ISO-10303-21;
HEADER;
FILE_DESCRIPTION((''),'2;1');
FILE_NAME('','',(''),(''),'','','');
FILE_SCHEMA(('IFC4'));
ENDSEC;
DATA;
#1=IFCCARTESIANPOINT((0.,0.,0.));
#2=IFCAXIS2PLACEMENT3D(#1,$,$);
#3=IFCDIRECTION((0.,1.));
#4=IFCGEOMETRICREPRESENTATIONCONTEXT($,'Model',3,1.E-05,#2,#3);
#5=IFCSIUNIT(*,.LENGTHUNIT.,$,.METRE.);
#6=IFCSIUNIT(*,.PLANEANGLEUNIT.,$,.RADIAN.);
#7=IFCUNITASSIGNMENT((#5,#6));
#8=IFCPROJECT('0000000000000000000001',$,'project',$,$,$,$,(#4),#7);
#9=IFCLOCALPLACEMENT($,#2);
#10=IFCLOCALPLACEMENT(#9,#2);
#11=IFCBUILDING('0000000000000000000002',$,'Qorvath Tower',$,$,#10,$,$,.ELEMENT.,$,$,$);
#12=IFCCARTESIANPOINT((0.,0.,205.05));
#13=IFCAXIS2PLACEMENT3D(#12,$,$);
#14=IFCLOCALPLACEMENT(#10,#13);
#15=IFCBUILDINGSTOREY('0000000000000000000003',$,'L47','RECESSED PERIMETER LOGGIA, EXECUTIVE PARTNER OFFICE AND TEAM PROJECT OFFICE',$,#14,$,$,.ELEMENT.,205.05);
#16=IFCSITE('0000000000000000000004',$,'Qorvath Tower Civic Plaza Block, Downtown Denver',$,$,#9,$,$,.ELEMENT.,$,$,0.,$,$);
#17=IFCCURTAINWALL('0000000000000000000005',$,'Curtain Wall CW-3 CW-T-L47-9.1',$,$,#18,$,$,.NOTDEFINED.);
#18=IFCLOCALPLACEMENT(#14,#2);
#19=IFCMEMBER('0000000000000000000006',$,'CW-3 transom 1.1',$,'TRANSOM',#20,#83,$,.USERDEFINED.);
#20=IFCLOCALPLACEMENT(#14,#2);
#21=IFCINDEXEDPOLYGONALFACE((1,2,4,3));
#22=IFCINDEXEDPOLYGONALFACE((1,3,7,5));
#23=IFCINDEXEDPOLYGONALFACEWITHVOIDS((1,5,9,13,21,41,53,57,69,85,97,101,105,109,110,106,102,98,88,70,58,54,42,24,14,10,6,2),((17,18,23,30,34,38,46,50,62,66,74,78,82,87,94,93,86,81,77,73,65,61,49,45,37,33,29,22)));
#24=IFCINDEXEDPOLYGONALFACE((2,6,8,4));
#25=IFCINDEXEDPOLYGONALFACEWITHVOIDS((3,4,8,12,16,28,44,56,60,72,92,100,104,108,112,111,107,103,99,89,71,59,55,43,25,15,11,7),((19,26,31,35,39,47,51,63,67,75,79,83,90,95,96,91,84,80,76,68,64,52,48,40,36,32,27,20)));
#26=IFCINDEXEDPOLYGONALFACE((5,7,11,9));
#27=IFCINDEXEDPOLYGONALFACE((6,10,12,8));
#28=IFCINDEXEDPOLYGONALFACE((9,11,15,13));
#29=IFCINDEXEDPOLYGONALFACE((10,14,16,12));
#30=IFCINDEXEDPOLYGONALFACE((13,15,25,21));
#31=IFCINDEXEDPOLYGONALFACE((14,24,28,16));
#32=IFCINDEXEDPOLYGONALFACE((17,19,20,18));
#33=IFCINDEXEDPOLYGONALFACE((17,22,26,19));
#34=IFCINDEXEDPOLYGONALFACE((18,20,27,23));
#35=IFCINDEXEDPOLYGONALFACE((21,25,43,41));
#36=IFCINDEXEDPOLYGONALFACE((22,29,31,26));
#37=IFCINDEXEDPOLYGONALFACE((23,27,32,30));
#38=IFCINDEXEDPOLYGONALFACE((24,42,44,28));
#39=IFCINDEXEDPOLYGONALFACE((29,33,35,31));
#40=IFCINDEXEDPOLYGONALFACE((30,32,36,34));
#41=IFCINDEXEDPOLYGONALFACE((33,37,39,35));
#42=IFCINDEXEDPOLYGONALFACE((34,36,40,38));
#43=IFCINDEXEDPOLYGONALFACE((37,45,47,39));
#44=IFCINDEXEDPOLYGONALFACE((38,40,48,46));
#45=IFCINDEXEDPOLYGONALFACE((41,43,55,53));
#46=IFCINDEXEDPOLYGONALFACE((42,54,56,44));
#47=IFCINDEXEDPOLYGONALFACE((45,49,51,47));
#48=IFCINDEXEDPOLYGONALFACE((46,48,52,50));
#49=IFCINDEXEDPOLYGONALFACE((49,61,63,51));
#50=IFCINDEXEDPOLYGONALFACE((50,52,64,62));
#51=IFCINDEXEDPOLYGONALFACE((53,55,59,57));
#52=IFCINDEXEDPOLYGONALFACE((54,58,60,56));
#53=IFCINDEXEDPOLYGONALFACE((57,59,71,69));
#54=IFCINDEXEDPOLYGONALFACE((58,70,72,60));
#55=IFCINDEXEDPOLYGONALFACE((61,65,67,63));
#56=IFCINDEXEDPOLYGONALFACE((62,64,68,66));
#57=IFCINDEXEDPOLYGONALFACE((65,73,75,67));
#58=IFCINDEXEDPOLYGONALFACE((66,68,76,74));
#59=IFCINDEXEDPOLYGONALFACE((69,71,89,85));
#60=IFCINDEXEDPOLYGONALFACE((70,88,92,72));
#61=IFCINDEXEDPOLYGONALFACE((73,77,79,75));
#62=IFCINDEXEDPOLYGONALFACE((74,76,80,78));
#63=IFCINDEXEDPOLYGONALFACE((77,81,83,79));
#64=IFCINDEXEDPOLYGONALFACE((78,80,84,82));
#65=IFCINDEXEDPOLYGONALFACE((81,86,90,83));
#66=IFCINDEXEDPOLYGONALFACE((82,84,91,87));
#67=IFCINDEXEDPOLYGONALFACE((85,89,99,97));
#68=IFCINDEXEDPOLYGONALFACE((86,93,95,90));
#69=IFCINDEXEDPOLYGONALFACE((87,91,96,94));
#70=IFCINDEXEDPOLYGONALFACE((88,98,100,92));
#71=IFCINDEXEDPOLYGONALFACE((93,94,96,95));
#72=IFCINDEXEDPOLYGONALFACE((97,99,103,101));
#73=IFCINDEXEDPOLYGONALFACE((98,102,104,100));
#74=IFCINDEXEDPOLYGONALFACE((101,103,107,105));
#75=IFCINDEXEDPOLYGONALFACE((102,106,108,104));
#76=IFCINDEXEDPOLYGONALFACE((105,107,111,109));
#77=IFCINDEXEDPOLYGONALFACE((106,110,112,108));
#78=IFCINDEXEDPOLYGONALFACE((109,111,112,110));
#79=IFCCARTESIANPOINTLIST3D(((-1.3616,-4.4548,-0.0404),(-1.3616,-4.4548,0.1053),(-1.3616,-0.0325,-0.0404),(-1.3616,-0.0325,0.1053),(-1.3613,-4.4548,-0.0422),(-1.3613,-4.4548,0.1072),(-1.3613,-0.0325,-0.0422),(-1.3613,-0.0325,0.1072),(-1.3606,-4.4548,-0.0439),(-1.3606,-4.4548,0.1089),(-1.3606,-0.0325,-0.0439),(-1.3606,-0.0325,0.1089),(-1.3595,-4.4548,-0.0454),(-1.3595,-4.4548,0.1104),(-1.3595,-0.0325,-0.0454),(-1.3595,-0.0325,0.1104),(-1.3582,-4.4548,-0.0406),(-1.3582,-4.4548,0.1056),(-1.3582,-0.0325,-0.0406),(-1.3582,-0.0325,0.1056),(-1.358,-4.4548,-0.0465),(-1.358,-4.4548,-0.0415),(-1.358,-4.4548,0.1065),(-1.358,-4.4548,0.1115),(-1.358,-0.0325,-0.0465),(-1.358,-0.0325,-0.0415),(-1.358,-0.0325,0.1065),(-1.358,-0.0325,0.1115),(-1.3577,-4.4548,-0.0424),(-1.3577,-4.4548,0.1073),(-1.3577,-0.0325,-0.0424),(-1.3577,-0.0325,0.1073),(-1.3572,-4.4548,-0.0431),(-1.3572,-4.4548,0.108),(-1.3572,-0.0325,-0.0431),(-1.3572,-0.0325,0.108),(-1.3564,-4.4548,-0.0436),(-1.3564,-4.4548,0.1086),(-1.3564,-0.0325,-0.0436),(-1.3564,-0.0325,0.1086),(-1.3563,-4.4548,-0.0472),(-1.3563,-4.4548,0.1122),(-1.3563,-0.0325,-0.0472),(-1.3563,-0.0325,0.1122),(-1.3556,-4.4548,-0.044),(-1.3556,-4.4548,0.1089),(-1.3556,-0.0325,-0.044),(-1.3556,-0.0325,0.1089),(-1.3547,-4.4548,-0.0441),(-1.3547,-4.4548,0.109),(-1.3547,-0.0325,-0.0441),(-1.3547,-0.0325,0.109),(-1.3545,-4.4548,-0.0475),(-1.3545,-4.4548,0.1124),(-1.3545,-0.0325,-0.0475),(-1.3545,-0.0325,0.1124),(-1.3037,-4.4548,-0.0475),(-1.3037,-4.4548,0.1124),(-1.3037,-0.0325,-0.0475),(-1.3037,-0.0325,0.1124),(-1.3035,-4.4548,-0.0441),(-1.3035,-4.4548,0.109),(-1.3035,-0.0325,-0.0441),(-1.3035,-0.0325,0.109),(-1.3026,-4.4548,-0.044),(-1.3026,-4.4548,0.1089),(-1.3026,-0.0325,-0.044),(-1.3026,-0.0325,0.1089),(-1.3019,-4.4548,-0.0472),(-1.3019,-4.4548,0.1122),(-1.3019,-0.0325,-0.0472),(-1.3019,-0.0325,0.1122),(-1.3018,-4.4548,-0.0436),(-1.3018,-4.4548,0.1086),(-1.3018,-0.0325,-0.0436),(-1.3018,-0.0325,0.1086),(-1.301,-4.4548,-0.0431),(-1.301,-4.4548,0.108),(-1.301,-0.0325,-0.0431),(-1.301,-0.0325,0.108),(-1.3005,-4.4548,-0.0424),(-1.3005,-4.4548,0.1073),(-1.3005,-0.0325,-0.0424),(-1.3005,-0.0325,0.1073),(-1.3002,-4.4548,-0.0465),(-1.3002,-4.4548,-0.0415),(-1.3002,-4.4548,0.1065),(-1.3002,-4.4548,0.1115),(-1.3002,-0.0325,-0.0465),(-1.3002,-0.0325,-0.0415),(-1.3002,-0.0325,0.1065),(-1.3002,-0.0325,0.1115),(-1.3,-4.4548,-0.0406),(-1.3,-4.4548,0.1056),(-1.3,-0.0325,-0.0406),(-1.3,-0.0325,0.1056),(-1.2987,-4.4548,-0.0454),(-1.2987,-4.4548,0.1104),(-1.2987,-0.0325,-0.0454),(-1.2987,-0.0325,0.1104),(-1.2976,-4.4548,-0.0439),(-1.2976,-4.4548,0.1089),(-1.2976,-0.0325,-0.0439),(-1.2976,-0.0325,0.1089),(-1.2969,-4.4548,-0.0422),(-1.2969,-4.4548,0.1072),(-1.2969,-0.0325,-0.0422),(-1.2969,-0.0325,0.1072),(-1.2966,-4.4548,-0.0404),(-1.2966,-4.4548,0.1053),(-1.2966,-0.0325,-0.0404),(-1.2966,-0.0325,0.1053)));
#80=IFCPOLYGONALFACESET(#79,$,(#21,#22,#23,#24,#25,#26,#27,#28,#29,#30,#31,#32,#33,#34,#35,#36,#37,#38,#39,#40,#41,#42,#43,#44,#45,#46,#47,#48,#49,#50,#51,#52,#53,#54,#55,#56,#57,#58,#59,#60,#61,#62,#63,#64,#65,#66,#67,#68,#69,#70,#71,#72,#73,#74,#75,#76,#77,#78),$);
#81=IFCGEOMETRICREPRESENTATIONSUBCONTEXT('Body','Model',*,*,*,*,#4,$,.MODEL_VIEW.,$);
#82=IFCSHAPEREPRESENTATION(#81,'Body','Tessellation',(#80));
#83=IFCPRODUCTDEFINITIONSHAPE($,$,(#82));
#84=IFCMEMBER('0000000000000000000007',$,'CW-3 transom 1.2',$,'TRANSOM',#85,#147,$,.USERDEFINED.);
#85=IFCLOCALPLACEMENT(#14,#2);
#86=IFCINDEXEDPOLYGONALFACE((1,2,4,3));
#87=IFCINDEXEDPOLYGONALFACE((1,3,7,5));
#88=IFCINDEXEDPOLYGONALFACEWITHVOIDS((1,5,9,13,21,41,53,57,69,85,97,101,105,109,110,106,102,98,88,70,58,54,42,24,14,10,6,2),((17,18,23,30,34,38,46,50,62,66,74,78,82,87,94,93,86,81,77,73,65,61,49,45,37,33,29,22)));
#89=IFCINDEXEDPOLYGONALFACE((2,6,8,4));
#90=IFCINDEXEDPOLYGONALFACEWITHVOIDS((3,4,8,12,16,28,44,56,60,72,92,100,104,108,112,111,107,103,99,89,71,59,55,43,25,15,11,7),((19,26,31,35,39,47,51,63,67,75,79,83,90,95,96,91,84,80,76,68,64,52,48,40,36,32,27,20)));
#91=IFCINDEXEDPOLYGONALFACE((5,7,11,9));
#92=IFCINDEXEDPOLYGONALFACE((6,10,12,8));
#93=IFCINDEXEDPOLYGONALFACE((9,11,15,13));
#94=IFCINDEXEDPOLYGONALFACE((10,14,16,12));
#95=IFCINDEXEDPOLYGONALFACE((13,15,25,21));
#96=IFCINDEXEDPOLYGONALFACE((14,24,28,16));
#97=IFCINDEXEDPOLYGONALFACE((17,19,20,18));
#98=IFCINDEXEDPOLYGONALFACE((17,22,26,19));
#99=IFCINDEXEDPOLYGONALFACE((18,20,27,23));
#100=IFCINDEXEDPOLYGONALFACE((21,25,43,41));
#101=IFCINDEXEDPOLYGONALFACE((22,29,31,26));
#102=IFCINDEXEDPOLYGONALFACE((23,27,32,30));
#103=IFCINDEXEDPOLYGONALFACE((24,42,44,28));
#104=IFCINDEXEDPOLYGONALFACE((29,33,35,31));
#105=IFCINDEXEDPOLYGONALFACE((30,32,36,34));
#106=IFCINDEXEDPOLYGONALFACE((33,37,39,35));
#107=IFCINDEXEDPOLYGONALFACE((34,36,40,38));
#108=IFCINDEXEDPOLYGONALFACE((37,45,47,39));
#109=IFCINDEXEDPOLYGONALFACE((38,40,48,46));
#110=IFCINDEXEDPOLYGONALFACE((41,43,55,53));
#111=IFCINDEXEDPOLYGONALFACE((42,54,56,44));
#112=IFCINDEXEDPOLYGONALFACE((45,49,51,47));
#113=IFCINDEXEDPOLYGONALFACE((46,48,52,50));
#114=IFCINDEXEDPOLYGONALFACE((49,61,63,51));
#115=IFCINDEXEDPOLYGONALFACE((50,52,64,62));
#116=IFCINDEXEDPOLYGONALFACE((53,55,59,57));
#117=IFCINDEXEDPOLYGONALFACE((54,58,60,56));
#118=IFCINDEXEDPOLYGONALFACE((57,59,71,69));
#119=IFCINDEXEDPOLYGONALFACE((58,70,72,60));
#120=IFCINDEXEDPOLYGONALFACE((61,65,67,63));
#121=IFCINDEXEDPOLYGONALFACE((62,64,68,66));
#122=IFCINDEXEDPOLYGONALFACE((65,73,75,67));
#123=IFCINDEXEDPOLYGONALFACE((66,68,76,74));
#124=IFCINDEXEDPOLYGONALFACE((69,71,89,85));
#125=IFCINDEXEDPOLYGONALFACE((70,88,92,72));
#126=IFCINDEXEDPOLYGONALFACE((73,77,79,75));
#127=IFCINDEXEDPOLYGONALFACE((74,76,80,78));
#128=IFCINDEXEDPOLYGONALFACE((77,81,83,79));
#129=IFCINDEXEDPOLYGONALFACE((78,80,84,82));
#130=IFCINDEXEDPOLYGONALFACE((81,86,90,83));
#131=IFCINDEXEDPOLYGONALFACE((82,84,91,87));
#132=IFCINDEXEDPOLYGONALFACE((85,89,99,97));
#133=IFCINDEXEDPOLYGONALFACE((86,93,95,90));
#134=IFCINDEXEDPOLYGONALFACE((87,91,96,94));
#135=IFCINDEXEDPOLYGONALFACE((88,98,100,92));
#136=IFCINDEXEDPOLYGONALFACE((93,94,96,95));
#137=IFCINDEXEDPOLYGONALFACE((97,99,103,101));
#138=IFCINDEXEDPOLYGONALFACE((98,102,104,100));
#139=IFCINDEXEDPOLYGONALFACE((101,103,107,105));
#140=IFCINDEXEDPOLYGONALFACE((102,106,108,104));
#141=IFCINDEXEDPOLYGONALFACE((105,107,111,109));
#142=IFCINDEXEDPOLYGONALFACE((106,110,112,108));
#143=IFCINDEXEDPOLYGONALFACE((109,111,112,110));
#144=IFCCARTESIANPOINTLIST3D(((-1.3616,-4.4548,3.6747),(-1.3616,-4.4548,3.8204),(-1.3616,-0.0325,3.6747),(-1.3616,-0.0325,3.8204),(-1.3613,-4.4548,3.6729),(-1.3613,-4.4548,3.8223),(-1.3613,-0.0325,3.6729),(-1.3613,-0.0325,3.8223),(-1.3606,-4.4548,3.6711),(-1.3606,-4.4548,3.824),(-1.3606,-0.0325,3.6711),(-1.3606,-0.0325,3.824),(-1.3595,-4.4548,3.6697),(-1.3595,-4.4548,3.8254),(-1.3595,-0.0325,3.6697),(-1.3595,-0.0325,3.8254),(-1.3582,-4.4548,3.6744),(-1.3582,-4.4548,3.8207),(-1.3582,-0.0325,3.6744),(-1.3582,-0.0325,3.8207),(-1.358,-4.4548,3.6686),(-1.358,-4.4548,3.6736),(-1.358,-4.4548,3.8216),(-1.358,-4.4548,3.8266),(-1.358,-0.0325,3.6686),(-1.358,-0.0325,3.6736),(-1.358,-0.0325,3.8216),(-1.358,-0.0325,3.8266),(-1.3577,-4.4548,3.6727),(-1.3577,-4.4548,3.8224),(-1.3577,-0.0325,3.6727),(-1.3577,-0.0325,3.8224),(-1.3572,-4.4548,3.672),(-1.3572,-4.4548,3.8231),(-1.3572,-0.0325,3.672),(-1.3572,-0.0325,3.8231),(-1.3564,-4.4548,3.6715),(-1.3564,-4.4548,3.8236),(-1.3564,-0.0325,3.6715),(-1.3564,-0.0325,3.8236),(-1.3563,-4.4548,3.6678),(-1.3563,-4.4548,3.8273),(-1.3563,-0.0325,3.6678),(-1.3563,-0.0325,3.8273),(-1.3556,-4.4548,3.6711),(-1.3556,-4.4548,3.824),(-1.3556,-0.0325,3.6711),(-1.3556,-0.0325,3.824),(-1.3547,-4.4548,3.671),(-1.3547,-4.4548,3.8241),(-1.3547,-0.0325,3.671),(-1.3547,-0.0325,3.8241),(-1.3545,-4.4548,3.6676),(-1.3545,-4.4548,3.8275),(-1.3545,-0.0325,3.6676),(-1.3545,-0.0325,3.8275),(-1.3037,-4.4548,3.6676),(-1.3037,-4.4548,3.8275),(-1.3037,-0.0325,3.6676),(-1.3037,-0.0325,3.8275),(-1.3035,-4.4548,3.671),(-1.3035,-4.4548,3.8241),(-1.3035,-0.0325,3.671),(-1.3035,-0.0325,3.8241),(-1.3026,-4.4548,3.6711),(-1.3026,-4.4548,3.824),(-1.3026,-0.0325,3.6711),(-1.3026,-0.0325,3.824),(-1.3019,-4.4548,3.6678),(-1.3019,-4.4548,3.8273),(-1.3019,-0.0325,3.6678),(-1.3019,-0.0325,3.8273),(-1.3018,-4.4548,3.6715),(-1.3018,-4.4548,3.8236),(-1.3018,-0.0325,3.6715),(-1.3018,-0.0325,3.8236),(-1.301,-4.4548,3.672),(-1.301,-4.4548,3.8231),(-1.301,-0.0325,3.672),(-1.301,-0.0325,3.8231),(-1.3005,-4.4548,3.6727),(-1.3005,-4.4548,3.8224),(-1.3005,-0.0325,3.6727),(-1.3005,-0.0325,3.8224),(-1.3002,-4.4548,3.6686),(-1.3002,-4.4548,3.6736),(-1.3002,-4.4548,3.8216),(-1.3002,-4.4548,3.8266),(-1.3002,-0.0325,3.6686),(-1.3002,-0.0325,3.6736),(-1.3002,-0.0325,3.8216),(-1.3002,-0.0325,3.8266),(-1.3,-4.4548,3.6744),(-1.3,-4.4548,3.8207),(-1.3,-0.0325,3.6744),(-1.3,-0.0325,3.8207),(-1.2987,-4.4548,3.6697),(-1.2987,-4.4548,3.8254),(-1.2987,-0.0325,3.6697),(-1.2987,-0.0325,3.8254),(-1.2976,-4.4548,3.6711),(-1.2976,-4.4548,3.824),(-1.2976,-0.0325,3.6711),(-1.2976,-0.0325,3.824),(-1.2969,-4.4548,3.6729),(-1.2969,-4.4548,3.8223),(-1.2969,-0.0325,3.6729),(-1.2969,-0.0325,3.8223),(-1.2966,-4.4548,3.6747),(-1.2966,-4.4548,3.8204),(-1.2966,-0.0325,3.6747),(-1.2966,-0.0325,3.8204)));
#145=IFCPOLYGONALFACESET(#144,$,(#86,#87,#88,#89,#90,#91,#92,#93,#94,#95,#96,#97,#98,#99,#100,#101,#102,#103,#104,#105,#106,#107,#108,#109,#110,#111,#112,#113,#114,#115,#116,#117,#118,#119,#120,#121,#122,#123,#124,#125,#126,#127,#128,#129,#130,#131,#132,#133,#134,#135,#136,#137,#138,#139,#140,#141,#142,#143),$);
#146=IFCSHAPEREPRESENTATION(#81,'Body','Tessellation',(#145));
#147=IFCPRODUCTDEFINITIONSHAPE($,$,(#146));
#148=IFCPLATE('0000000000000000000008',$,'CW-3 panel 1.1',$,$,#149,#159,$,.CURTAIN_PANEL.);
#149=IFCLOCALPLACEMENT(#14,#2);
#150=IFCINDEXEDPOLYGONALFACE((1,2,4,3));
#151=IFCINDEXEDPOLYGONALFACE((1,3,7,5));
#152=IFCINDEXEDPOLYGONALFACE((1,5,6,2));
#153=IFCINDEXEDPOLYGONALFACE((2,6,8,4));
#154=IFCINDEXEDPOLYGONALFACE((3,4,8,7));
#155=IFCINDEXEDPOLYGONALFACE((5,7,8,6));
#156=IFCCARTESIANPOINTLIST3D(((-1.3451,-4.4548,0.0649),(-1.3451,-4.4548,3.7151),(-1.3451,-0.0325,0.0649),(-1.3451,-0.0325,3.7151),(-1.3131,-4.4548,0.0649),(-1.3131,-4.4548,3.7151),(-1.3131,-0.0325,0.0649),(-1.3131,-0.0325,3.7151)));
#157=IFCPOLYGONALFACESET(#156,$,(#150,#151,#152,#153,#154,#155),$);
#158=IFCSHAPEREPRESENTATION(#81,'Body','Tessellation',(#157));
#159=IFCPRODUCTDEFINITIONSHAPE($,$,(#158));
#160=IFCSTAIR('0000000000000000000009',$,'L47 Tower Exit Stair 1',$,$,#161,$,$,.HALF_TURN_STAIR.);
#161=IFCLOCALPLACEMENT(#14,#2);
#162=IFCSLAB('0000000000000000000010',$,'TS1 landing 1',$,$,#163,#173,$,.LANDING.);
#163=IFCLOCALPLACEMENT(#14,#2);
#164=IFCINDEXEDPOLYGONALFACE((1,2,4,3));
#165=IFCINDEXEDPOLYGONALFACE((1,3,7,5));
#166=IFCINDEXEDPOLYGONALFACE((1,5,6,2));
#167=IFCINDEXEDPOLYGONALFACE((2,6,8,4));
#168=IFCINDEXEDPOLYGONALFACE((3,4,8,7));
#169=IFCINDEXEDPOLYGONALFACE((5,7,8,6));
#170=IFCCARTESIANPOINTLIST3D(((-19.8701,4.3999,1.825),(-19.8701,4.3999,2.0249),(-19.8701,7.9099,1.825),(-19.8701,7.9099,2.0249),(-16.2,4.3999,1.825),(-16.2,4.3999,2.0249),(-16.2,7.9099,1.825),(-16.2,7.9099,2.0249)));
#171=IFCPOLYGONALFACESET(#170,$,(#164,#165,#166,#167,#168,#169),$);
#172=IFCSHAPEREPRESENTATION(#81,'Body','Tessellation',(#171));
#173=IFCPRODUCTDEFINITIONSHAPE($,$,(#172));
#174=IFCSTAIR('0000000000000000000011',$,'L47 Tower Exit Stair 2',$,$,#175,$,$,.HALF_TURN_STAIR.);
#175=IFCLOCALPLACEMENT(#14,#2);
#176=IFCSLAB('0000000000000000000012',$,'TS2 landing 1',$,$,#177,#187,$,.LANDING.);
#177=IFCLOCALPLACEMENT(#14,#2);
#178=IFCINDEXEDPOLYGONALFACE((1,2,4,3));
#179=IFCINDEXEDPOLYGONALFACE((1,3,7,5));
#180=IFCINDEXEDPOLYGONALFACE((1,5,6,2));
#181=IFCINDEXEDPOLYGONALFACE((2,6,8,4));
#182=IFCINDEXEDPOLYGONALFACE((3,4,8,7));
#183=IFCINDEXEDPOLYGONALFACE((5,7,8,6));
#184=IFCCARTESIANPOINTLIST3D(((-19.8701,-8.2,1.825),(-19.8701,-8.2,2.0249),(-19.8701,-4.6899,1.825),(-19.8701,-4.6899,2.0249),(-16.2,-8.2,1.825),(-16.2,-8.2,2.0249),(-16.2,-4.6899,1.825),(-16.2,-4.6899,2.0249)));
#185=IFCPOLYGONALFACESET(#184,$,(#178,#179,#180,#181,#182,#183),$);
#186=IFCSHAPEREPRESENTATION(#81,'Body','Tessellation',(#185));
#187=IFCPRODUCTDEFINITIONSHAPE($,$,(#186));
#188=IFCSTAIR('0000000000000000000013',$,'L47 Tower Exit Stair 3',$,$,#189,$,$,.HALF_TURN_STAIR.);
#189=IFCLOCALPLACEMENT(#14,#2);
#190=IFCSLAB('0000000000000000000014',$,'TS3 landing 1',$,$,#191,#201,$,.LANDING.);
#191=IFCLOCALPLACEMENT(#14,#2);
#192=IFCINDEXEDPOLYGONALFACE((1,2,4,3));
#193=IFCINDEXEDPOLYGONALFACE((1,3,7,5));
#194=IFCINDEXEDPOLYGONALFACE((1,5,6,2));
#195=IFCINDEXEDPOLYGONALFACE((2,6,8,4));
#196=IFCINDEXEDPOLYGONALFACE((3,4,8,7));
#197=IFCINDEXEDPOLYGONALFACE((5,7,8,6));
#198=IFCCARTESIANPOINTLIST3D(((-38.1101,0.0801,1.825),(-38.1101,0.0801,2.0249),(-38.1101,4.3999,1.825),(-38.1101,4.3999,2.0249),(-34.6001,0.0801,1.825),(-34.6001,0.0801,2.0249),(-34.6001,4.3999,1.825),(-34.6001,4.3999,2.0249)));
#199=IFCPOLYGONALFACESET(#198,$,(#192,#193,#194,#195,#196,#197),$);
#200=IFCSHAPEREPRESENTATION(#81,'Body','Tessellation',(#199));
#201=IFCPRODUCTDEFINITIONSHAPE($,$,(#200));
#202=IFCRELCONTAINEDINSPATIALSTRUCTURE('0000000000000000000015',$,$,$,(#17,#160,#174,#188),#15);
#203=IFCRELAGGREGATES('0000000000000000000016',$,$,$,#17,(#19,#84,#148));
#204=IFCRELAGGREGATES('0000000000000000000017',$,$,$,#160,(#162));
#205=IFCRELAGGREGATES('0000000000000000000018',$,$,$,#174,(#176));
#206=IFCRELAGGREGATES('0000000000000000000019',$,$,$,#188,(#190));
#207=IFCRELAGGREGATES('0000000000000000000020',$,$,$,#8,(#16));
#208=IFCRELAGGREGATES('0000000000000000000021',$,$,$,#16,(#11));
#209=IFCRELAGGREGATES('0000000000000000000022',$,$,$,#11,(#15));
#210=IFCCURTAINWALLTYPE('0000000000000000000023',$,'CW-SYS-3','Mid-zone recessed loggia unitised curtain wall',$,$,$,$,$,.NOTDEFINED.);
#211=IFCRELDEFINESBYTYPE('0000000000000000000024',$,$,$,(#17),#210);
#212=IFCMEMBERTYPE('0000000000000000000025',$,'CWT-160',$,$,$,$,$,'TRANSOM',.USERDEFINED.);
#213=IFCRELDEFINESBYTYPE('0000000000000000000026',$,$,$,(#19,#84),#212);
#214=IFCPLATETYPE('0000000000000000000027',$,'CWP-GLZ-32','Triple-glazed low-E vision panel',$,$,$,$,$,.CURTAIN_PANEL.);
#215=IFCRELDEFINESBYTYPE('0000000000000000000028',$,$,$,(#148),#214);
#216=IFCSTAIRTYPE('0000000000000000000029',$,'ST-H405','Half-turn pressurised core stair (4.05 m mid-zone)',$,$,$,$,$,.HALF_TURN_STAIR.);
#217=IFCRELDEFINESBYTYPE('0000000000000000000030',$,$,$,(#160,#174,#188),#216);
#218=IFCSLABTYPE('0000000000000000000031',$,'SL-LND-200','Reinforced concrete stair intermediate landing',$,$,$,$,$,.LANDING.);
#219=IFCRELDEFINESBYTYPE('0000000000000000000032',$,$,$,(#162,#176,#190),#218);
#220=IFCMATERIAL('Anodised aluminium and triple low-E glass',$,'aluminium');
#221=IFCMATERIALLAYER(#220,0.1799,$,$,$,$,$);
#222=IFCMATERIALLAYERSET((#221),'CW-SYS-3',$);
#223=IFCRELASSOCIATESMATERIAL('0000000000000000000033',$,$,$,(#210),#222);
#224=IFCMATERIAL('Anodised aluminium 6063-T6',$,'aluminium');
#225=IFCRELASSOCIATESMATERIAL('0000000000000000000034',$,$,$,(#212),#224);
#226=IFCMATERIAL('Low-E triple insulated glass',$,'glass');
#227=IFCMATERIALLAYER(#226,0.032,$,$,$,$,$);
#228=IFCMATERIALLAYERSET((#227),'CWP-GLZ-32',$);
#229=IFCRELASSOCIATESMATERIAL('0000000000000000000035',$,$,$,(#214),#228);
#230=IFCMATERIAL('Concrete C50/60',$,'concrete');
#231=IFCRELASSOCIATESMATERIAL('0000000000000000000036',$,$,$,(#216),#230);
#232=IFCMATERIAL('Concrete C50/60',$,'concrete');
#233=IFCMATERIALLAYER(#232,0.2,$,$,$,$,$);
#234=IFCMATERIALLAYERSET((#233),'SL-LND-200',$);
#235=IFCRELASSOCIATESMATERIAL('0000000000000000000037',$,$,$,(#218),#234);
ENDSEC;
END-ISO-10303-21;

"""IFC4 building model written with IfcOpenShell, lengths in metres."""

from ifc_helpers import new_model, si_unit, direction, frame, origin, origin_2d, place, context, subcontext, project, spatial, polyline, rectangle, hollow_rectangle, outline, extrude, material, layer, layer_set, material_profile, profile_set, type_object, element, aggregate, save


model = new_model("IFC4")

# Units and contexts
model_context = context("Model", 3, precision=1e-05, world=origin(), true_north=direction((0.0, 1.0)))
body_context = subcontext(model_context, "Body", "Model", "MODEL_VIEW")
ifc_project = project(units=[si_unit("LENGTHUNIT", "METRE"), si_unit("PLANEANGLEUNIT", "RADIAN")], contexts=[model_context])

# Site, building, storey
site_placement = place(None, origin())
site = spatial("IfcSite", under=ifc_project, at=site_placement, Name="Qorvath Tower Civic Plaza Block, Downtown Denver", CompositionType="ELEMENT", RefElevation=0.0)
building_placement = place(site_placement, origin())
building = spatial("IfcBuilding", under=site, at=building_placement, Name="Qorvath Tower", CompositionType="ELEMENT")
storey_placement = place(building_placement, frame((0.0, 0.0, 205.05)))
storey = spatial("IfcBuildingStorey", under=building, at=storey_placement, Name="L47", Description="RECESSED PERIMETER LOGGIA, EXECUTIVE PARTNER OFFICE AND TEAM PROJECT OFFICE", CompositionType="ELEMENT", Elevation=205.05)

# Curtain wall, members, plate
ifc_material_1 = material(Name="Anodised aluminium and triple low-E glass", Category="aluminium")
ifc_layer_1 = layer(ifc_material_1, 0.1799)
ifc_layer_set_1 = layer_set([ifc_layer_1], Name="CW-SYS-3")
curtain_wall_type = type_object("IfcCurtainWallType", Name="CW-SYS-3", Description="Mid-zone recessed loggia unitised curtain wall", PredefinedType="NOTDEFINED", material=ifc_layer_set_1)
curtain_wall_placement = place(storey_placement, origin())
curtain_wall = element("IfcCurtainWall", 1, at=curtain_wall_placement, inside=storey, type_object=curtain_wall_type, Name="Curtain Wall CW-3 CW-T-L47-9.1", PredefinedType="NOTDEFINED")
ifc_material_2 = material(Name="Anodised aluminium 6063-T6", Category="aluminium")
ifc_material_profile_1 = material_profile(ifc_material_2, hollow_rectangle(XDim=0.0649, YDim=0.1599, WallThickness=0.0034, InnerFilletRadius=0.0034, OuterFilletRadius=0.0071, at=origin_2d()), Name="CWT 160x65")
ifc_profile_set_1 = profile_set([ifc_material_profile_1], Name="Anodised aluminium 6063-T6")
member_type_1 = type_object("IfcMemberType", Name="CWT-160", ElementType="TRANSOM", PredefinedType="USERDEFINED", material=ifc_profile_set_1)
member_1_placement = place(storey_placement, frame((-1.3291, -4.4548, 0.0325), z_axis=(0.0, 1.0, 0.0), x_axis=(-1.0, 0.0, 0.0)))
member_1 = element("IfcMember", 2, at=member_1_placement, type_object=member_type_1, Name="CW-3 transom 1.1", ObjectType="TRANSOM", PredefinedType="USERDEFINED", context=body_context, shape_type="SweptSolid", body=[
    extrude(hollow_rectangle(XDim=0.0649, YDim=0.1599, WallThickness=0.0034, InnerFilletRadius=0.0034, OuterFilletRadius=0.0071, at=origin_2d()), origin(), (0.0, 0.0, 1.0), 4.4224),
])
member_2_placement = place(storey_placement, frame((-1.3291, -4.4548, 3.7476), z_axis=(0.0, 1.0, 0.0), x_axis=(-1.0, 0.0, 0.0)))
member_2 = element("IfcMember", 3, at=member_2_placement, type_object=member_type_1, Name="CW-3 transom 1.2", ObjectType="TRANSOM", PredefinedType="USERDEFINED", context=body_context, shape_type="SweptSolid", body=[
    extrude(hollow_rectangle(XDim=0.0649, YDim=0.1599, WallThickness=0.0034, InnerFilletRadius=0.0034, OuterFilletRadius=0.0071, at=origin_2d()), origin(), (0.0, 0.0, 1.0), 4.4224),
])
ifc_material_3 = material(Name="Low-E triple insulated glass", Category="glass")
ifc_layer_2 = layer(ifc_material_3, 0.032)
ifc_layer_set_2 = layer_set([ifc_layer_2], Name="CWP-GLZ-32")
plate_type = type_object("IfcPlateType", Name="CWP-GLZ-32", Description="Triple-glazed low-E vision panel", PredefinedType="CURTAIN_PANEL", material=ifc_layer_set_2)
plate_placement = place(storey_placement, frame((-1.3291, -2.2437, 0.0649), z_axis=(0.0, 0.0, 1.0), x_axis=(0.0, 1.0, 0.0)))
plate = element("IfcPlate", 4, at=plate_placement, type_object=plate_type, Name="CW-3 panel 1.1", PredefinedType="CURTAIN_PANEL", context=body_context, shape_type="SweptSolid", body=[
    extrude(rectangle(XDim=4.4224, YDim=0.032, at=origin_2d()), origin(), (0.0, 0.0, 1.0), 3.6501),
])
aggregate(curtain_wall, [member_1, member_2, plate])

# Stairs, slabs
ifc_material_4 = material(Name="Concrete C50/60", Category="concrete")
stair_type = type_object("IfcStairType", Name="ST-H405", Description="Half-turn pressurised core stair (4.05 m mid-zone)", PredefinedType="HALF_TURN_STAIR", material=ifc_material_4)
stair_1_placement = place(storey_placement, origin())
stair_1 = element("IfcStair", 5, at=stair_1_placement, inside=storey, type_object=stair_type, Name="L47 Tower Exit Stair 1", PredefinedType="HALF_TURN_STAIR")
ifc_material_5 = material(Name="Concrete C50/60", Category="concrete")
ifc_layer_3 = layer(ifc_material_5, 0.2)
ifc_layer_set_3 = layer_set([ifc_layer_3], Name="SL-LND-200")
slab_type_1 = type_object("IfcSlabType", Name="SL-LND-200", Description="Reinforced concrete stair intermediate landing", PredefinedType="LANDING", material=ifc_layer_set_3)
slab_1_placement = place(storey_placement, frame((0.0, 0.0, 1.825)))
slab_1 = element("IfcSlab", 6, at=slab_1_placement, type_object=slab_type_1, Name="TS1 landing 1", PredefinedType="LANDING", context=body_context, shape_type="SweptSolid", body=[
    extrude(outline(polyline([(-19.8701, 4.3999), (-16.2, 4.3999), (-16.2, 7.9099), (-19.8701, 7.9099), (-19.8701, 4.3999)])), origin(), (0.0, 0.0, 1.0), 0.2),
])
aggregate(stair_1, [slab_1])
stair_2_placement = place(storey_placement, origin())
stair_2 = element("IfcStair", 7, at=stair_2_placement, inside=storey, type_object=stair_type, Name="L47 Tower Exit Stair 2", PredefinedType="HALF_TURN_STAIR")
slab_2_placement = place(storey_placement, frame((0.0, 0.0, 1.825)))
slab_2 = element("IfcSlab", 8, at=slab_2_placement, type_object=slab_type_1, Name="TS2 landing 1", PredefinedType="LANDING", context=body_context, shape_type="SweptSolid", body=[
    extrude(outline(polyline([(-19.8701, -8.2), (-16.2, -8.2), (-16.2, -4.6899), (-19.8701, -4.6899), (-19.8701, -8.2)])), origin(), (0.0, 0.0, 1.0), 0.2),
])
aggregate(stair_2, [slab_2])
stair_3_placement = place(storey_placement, origin())
stair_3 = element("IfcStair", 9, at=stair_3_placement, inside=storey, type_object=stair_type, Name="L47 Tower Exit Stair 3", PredefinedType="HALF_TURN_STAIR")
slab_3_placement = place(storey_placement, frame((0.0, 0.0, 1.825)))
slab_3 = element("IfcSlab", 10, at=slab_3_placement, type_object=slab_type_1, Name="TS3 landing 1", PredefinedType="LANDING", context=body_context, shape_type="SweptSolid", body=[
    extrude(outline(polyline([(-34.6001, 0.0801), (-34.6001, 4.3999), (-38.1101, 4.3999), (-38.1101, 0.0801), (-34.6001, 0.0801)])), origin(), (0.0, 0.0, 1.0), 0.2),
])
aggregate(stair_3, [slab_3])

save(model, "model.ifc")
